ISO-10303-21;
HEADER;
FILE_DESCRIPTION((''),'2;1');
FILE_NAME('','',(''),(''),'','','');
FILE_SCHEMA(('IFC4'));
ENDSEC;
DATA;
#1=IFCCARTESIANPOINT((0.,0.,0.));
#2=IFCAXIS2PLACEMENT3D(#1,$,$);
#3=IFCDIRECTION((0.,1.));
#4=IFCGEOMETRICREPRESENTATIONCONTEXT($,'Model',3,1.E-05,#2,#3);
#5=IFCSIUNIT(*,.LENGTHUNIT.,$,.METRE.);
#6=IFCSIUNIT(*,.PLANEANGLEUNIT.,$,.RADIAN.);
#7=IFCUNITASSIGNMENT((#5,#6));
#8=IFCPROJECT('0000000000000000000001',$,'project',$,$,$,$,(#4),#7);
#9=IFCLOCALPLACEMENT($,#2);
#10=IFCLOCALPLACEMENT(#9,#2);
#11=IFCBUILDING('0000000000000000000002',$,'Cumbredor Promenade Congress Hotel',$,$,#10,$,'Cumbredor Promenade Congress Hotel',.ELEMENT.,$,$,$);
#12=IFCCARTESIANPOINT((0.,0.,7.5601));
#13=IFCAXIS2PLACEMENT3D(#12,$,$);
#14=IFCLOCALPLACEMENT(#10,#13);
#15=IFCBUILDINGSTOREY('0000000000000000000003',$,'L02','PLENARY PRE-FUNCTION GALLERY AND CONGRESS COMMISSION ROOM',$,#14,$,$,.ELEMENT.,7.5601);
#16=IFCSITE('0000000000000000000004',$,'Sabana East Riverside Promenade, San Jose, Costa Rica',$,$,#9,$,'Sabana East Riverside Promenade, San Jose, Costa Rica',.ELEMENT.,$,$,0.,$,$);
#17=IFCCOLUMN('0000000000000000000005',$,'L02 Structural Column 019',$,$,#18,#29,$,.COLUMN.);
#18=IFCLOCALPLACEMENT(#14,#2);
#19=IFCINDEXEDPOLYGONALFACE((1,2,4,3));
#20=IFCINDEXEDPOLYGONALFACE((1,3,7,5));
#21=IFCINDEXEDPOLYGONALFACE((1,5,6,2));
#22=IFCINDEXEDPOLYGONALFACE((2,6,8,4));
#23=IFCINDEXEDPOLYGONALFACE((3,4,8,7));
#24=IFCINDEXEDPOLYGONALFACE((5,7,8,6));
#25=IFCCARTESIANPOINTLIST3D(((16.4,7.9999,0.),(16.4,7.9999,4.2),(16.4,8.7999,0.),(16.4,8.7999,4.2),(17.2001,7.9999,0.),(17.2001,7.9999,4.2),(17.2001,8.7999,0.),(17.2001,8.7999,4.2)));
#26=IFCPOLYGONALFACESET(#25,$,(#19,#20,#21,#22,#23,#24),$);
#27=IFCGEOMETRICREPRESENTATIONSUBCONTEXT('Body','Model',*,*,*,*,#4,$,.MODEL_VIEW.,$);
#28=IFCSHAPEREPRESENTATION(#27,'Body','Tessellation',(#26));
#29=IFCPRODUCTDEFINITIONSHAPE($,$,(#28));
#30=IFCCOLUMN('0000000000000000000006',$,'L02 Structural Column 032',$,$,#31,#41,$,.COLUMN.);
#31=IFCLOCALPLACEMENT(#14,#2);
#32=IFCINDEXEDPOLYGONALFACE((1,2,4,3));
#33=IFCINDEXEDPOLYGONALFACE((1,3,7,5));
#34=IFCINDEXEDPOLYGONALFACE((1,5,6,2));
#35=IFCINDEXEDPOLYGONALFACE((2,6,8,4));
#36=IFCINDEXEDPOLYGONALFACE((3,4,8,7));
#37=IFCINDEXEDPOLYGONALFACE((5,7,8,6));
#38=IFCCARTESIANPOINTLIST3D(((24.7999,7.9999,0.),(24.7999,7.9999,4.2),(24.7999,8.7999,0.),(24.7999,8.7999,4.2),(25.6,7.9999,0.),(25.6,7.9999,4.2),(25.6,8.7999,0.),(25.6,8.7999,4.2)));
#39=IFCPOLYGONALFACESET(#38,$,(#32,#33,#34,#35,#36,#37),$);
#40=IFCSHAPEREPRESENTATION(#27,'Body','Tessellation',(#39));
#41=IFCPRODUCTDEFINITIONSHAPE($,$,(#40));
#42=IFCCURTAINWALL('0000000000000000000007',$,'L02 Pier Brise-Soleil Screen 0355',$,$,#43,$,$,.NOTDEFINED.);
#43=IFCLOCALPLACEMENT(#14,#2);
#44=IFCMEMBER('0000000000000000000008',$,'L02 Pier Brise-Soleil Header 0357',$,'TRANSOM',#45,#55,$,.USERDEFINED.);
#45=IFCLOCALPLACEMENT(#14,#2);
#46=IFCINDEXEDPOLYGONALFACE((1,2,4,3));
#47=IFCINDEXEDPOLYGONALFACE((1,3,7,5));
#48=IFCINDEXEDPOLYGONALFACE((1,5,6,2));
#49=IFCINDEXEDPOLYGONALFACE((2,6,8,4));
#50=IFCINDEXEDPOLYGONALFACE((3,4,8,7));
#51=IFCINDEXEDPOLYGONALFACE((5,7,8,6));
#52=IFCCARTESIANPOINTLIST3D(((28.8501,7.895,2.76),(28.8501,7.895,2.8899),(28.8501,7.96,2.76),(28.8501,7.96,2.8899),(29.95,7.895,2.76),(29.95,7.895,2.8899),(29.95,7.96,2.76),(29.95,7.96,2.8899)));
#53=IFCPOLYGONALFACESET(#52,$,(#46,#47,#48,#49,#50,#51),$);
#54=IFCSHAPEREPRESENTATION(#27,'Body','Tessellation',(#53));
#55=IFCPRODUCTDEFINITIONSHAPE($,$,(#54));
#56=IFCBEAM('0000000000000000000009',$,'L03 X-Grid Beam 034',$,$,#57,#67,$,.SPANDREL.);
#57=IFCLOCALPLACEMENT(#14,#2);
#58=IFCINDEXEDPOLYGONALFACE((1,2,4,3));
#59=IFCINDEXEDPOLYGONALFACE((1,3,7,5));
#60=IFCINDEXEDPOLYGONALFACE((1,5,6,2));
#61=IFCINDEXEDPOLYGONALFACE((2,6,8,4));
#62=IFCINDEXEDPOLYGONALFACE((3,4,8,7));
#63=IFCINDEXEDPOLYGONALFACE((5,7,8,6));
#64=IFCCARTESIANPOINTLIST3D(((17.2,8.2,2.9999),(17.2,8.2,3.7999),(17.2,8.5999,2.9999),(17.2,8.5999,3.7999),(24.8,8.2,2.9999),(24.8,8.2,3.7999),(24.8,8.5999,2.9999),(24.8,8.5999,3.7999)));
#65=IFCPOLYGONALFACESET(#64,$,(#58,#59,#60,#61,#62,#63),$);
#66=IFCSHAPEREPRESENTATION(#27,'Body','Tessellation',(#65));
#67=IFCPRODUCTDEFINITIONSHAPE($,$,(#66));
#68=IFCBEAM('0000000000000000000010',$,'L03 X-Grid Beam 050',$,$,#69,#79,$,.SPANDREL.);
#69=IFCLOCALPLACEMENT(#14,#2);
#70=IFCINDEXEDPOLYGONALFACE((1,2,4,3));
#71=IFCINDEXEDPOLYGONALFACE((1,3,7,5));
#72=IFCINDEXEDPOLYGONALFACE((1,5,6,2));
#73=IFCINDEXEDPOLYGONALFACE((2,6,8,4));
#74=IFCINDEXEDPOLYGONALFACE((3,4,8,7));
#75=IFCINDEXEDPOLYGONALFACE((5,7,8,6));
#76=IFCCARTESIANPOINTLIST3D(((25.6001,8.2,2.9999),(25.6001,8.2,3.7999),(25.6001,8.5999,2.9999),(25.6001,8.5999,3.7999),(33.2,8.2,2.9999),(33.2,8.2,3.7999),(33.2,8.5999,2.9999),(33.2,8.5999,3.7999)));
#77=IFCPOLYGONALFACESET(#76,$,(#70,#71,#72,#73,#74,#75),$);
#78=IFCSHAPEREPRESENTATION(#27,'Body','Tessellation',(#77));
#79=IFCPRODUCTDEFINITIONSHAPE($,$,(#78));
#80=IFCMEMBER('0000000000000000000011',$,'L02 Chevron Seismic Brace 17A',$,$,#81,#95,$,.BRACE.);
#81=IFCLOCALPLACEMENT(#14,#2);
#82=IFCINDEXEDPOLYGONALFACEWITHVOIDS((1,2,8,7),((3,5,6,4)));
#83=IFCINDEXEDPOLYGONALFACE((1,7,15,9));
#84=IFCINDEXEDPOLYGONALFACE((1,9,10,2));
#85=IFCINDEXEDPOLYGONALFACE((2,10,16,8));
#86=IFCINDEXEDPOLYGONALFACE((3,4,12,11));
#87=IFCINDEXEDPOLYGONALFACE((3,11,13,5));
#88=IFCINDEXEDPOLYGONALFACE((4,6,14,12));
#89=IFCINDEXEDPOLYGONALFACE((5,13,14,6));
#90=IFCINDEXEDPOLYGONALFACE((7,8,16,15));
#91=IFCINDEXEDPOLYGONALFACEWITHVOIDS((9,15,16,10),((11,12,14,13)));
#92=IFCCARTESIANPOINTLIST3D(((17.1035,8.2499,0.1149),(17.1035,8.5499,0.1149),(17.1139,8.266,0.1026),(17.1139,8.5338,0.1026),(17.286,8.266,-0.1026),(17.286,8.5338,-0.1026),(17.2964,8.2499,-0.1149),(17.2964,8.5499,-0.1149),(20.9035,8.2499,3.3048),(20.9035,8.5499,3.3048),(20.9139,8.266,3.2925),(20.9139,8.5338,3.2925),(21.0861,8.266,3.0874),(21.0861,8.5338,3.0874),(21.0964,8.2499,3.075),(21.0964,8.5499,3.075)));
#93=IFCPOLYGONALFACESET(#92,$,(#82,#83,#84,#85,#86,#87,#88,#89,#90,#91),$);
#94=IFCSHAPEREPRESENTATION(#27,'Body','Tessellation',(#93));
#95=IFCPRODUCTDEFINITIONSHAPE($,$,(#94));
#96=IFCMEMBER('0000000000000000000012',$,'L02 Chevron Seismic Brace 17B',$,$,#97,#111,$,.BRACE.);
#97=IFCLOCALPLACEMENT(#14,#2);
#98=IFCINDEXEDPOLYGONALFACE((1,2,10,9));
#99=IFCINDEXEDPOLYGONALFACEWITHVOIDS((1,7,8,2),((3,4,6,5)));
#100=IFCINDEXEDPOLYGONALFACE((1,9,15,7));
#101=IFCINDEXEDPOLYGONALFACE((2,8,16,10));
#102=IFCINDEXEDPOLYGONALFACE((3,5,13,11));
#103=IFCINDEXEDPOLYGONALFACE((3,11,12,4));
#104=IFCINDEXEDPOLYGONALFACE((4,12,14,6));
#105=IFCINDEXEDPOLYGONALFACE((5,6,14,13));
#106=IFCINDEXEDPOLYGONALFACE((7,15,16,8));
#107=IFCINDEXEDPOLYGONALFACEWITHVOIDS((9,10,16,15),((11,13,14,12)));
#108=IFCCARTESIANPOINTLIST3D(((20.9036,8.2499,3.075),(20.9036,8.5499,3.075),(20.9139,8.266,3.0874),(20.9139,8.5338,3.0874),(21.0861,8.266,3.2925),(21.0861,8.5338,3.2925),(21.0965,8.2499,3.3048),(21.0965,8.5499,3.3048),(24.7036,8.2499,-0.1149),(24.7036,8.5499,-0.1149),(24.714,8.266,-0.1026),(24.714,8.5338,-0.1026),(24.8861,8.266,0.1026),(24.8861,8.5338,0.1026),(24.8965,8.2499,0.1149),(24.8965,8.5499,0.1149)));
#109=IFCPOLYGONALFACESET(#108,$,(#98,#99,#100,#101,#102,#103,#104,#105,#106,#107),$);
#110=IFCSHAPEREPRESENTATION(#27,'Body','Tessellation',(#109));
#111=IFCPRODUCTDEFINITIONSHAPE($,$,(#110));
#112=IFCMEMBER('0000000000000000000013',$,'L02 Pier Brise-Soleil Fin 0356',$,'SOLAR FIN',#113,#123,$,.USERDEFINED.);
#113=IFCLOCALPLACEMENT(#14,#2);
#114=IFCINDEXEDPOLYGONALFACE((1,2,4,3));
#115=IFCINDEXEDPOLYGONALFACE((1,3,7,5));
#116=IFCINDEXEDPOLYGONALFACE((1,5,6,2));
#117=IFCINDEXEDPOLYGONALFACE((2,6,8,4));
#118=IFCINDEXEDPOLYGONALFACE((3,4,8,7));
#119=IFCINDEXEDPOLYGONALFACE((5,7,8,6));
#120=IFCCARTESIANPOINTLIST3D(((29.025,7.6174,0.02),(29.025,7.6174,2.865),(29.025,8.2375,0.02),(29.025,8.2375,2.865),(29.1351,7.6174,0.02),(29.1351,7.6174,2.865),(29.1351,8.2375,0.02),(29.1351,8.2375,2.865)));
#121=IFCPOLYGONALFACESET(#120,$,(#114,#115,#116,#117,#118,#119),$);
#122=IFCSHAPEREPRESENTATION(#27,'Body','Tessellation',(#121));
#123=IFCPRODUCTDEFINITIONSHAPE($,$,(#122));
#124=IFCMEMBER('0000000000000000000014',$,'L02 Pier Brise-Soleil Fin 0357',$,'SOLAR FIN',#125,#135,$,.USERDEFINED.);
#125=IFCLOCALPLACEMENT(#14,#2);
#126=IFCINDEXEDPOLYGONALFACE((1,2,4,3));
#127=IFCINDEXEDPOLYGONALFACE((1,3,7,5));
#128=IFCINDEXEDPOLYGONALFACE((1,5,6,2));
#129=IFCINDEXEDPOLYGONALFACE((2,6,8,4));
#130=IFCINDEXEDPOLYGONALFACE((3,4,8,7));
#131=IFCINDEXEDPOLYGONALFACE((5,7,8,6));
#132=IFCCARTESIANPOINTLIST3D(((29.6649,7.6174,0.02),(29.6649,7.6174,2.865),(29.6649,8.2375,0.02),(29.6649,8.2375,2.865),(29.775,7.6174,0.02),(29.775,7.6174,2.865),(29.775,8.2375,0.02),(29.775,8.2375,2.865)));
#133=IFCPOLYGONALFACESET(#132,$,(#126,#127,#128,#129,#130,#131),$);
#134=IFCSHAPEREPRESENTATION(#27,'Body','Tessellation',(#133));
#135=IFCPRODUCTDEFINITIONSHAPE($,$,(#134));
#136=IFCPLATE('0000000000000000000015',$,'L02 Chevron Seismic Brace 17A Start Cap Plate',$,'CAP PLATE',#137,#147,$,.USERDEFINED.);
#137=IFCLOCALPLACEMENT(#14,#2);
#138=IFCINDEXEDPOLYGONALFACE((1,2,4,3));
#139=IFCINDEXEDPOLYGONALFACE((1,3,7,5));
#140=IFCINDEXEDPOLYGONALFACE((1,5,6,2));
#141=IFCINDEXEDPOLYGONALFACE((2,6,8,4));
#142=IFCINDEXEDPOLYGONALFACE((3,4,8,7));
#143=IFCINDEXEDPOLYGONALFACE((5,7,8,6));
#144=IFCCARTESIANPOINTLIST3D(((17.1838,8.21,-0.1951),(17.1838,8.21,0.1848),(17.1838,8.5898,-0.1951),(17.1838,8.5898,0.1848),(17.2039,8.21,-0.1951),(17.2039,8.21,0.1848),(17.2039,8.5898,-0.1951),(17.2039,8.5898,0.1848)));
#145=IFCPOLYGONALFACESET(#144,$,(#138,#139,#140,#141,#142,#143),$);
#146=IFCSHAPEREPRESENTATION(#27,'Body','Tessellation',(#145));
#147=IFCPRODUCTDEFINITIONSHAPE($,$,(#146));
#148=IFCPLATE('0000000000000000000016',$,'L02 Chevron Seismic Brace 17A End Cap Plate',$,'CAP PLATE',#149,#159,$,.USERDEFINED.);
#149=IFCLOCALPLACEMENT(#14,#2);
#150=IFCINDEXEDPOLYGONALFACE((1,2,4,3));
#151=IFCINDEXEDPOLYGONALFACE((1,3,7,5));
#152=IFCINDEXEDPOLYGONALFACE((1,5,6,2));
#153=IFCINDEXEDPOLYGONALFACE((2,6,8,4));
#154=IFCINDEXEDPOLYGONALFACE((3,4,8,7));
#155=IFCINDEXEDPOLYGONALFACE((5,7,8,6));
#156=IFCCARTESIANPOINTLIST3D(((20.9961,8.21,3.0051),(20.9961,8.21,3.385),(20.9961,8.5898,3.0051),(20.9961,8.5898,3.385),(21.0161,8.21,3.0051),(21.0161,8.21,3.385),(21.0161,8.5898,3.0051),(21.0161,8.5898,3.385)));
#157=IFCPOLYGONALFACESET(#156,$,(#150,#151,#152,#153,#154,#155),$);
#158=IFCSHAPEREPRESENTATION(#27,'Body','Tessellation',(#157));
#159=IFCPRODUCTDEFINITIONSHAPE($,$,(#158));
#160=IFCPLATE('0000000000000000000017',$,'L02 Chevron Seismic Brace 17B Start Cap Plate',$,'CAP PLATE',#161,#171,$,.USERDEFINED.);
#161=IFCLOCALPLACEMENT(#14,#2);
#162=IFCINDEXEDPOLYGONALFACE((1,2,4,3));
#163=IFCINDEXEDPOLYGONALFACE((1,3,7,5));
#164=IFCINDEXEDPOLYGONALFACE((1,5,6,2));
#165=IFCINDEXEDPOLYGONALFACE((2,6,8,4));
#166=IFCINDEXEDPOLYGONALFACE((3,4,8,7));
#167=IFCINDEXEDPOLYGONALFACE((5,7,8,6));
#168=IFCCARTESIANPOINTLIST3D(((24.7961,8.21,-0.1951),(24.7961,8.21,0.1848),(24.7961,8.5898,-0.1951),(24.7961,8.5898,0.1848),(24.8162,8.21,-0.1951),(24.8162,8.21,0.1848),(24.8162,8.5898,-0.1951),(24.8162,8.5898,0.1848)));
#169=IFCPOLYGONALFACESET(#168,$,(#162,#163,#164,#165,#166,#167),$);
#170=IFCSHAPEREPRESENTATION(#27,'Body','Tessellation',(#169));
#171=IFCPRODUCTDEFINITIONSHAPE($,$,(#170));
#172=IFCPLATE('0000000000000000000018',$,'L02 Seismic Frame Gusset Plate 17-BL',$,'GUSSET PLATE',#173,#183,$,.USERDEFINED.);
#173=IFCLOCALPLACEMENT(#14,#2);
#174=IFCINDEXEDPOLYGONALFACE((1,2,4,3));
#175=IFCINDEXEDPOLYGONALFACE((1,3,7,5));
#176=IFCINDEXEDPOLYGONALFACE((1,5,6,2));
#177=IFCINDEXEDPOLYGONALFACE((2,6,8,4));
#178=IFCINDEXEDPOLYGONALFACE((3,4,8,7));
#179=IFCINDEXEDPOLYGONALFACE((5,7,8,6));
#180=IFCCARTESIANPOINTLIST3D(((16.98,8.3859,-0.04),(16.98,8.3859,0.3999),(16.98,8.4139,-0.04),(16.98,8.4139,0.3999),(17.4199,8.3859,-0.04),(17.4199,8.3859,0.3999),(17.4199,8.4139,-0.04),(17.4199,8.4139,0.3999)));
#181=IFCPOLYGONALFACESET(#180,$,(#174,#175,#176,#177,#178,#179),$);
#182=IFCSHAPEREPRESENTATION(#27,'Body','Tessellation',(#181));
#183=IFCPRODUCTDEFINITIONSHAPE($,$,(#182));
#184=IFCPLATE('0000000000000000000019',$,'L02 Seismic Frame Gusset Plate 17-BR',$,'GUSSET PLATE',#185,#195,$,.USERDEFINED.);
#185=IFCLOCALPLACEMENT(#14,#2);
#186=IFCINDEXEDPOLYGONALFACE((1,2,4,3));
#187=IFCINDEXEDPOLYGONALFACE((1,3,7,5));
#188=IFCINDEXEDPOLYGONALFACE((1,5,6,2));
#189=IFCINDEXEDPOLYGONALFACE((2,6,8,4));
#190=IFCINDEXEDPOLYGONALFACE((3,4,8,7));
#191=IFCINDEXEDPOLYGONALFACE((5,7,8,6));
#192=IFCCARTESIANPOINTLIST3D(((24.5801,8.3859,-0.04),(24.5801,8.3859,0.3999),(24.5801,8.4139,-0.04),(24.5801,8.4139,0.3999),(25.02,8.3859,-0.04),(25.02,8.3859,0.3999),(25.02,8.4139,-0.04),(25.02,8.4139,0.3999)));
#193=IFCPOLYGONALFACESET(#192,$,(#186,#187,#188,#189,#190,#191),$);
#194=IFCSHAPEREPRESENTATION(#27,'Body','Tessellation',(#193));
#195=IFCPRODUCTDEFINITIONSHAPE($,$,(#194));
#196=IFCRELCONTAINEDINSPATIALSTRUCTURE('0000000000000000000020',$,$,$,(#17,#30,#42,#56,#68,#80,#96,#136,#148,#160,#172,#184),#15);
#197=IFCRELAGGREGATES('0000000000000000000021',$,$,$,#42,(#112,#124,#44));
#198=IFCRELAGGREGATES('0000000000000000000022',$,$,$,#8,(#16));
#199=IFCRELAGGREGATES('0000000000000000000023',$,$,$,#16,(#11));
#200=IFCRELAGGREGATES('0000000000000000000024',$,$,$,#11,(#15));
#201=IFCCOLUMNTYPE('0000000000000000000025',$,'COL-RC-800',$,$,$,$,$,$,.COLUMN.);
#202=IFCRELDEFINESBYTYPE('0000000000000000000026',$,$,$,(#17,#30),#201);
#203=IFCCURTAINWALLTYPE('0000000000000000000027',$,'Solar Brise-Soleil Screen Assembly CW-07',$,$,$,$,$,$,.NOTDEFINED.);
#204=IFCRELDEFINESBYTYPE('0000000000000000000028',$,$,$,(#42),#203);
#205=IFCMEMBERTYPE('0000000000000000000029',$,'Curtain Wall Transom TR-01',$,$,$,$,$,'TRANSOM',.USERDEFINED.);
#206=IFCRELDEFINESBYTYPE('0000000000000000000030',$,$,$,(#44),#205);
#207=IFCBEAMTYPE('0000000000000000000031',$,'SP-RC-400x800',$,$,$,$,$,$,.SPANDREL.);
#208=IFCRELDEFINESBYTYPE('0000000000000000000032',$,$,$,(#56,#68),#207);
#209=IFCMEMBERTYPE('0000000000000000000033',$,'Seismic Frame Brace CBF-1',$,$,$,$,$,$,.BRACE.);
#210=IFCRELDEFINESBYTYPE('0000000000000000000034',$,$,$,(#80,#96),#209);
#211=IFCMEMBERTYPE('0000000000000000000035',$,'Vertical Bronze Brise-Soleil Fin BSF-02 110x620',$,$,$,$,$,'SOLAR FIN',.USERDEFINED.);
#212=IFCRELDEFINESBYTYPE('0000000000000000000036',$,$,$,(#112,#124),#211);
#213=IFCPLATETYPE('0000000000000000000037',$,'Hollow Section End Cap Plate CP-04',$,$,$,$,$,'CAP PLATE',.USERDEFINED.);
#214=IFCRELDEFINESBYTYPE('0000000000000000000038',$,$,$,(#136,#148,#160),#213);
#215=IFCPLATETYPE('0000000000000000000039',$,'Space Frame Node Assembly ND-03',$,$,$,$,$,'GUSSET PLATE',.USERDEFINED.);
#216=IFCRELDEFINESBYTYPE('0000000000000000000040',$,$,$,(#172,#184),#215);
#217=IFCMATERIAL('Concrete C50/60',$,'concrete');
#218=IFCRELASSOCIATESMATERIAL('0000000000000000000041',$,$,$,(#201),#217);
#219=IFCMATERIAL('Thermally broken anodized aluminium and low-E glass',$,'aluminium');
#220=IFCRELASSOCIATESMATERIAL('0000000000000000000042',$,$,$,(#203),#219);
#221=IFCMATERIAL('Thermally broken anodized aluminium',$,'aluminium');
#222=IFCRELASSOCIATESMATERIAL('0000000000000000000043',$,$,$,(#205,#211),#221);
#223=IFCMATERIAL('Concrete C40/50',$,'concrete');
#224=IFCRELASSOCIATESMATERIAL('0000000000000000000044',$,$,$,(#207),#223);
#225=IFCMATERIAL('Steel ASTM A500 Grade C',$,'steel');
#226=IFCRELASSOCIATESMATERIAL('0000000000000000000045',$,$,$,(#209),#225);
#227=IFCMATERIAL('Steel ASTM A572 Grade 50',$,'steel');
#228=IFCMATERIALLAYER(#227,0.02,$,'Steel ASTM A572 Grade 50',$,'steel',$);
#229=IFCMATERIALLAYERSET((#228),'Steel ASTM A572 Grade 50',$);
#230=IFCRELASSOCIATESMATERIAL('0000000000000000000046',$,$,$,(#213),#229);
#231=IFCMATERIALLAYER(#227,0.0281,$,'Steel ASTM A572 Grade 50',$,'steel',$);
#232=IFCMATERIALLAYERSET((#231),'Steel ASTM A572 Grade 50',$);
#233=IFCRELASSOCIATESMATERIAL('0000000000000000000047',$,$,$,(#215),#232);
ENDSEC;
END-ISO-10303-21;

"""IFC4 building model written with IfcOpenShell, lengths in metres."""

from ifc_helpers import new_model, si_unit, direction, frame, origin, origin_2d, place, context, subcontext, project, spatial, rectangle, hollow_rectangle, extrude, material, layer, layer_set, material_profile, profile_set, type_object, element, aggregate, save


model = new_model("IFC4")

# Units and contexts
model_context = context("Model", 3, precision=1e-05, world=origin(), true_north=direction((0.0, 1.0)))
body_context = subcontext(model_context, "Body", "Model", "MODEL_VIEW")
ifc_project = project(units=[si_unit("LENGTHUNIT", "METRE"), si_unit("PLANEANGLEUNIT", "RADIAN")], contexts=[model_context])

# Site, building, storey
site_placement = place(None, origin())
site = spatial("IfcSite", under=ifc_project, at=site_placement, Name="Sabana East Riverside Promenade, San Jose, Costa Rica", LongName="Sabana East Riverside Promenade, San Jose, Costa Rica", CompositionType="ELEMENT", RefElevation=0.0)
building_placement = place(site_placement, origin())
building = spatial("IfcBuilding", under=site, at=building_placement, Name="Cumbredor Promenade Congress Hotel", LongName="Cumbredor Promenade Congress Hotel", CompositionType="ELEMENT")
storey_placement = place(building_placement, frame((0.0, 0.0, 7.5601)))
storey = spatial("IfcBuildingStorey", under=building, at=storey_placement, Name="L02", Description="PLENARY PRE-FUNCTION GALLERY AND CONGRESS COMMISSION ROOM", CompositionType="ELEMENT", Elevation=7.5601)

# Columns
ifc_material_1 = material(Name="Concrete C50/60", Category="concrete")
ifc_material_profile_1 = material_profile(ifc_material_1, rectangle(XDim=0.8, YDim=0.8, at=origin_2d()), Name="RC 800x800")
ifc_profile_set_1 = profile_set([ifc_material_profile_1], Name="Concrete C50/60")
column_type = type_object("IfcColumnType", Name="COL-RC-800", PredefinedType="COLUMN", material=ifc_profile_set_1)
for number, where, z_axis, x_axis, name in (
    (1, (16.8, 8.3999, 0.0), (0.0, 0.0, 1.0), (1.0, 0.0, 0.0), "L02 Structural Column 019"),
    (2, (25.2, 8.3999, 0.0), (0.0, 0.0, 1.0), (1.0, 0.0, 0.0), "L02 Structural Column 032"),
):
    element("IfcColumn", number, at=place(storey_placement, frame(where, z_axis=z_axis, x_axis=x_axis)), inside=storey, type_object=column_type, Name=name, PredefinedType="COLUMN", context=body_context, shape_type="SweptSolid", body=[
        extrude(rectangle(XDim=0.8, YDim=0.8, at=origin_2d()), origin(), (0.0, 0.0, 1.0), 4.2),
    ])

# Curtain wall, member
ifc_material_2 = material(Name="Thermally broken anodized aluminium and low-E glass", Category="aluminium")
curtain_wall_type = type_object("IfcCurtainWallType", Name="Solar Brise-Soleil Screen Assembly CW-07", PredefinedType="NOTDEFINED", material=ifc_material_2)
curtain_wall_placement = place(storey_placement, origin())
curtain_wall = element("IfcCurtainWall", 3, at=curtain_wall_placement, inside=storey, type_object=curtain_wall_type, Name="L02 Pier Brise-Soleil Screen 0355", PredefinedType="NOTDEFINED")
ifc_material_3 = material(Name="Thermally broken anodized aluminium", Category="aluminium")
ifc_material_profile_2 = material_profile(ifc_material_3, rectangle(XDim=0.0649, YDim=0.1299, at=origin_2d()), Name="ALU TRANSOM 65x130")
ifc_profile_set_2 = profile_set([ifc_material_profile_2], Name="Thermally broken anodized aluminium")
member_type_1 = type_object("IfcMemberType", Name="Curtain Wall Transom TR-01", ElementType="TRANSOM", PredefinedType="USERDEFINED", material=ifc_profile_set_2)
member_1_placement = place(storey_placement, frame((28.8501, 7.9275, 2.825), z_axis=(1.0, 0.0, 0.0), x_axis=(0.0, 1.0, 0.0)))
member_1 = element("IfcMember", 4, at=member_1_placement, type_object=member_type_1, Name="L02 Pier Brise-Soleil Header 0357", ObjectType="TRANSOM", PredefinedType="USERDEFINED", context=body_context, shape_type="SweptSolid", body=[
    extrude(rectangle(XDim=0.0649, YDim=0.1299, at=origin_2d()), origin(), (0.0, 0.0, 1.0), 1.0999),
])

# Beams
ifc_material_4 = material(Name="Concrete C40/50", Category="concrete")
ifc_material_profile_3 = material_profile(ifc_material_4, rectangle(XDim=0.3999, YDim=0.8, at=origin_2d()), Name="RC SPANDREL 400x800")
ifc_profile_set_3 = profile_set([ifc_material_profile_3], Name="Concrete C40/50")
beam_type = type_object("IfcBeamType", Name="SP-RC-400x800", PredefinedType="SPANDREL", material=ifc_profile_set_3)
beam_1_placement = place(storey_placement, frame((17.2, 8.3999, 3.3999), z_axis=(1.0, 0.0, 0.0), x_axis=(0.0, 1.0, 0.0)))
element("IfcBeam", 5, at=beam_1_placement, inside=storey, type_object=beam_type, Name="L03 X-Grid Beam 034", PredefinedType="SPANDREL", context=body_context, shape_type="SweptSolid", body=[
    extrude(rectangle(XDim=0.3999, YDim=0.8, at=origin_2d()), origin(), (0.0, 0.0, 1.0), 7.6001),
])
beam_2_placement = place(storey_placement, frame((25.6001, 8.3999, 3.3999), z_axis=(1.0, 0.0, 0.0), x_axis=(0.0, 1.0, 0.0)))
element("IfcBeam", 6, at=beam_2_placement, inside=storey, type_object=beam_type, Name="L03 X-Grid Beam 050", PredefinedType="SPANDREL", context=body_context, shape_type="SweptSolid", body=[
    extrude(rectangle(XDim=0.3999, YDim=0.8, at=origin_2d()), origin(), (0.0, 0.0, 1.0), 7.5999),
])

# Members
ifc_material_5 = material(Name="Steel ASTM A500 Grade C", Category="steel")
ifc_material_profile_4 = material_profile(ifc_material_5, hollow_rectangle(XDim=0.3, YDim=0.3, WallThickness=0.0161, at=origin_2d()), Name="HSS 300x300x16")
ifc_profile_set_4 = profile_set([ifc_material_profile_4], Name="Steel ASTM A500 Grade C")
member_type_2 = type_object("IfcMemberType", Name="Seismic Frame Brace CBF-1", PredefinedType="BRACE", material=ifc_profile_set_4)
for number, where, z_axis, x_axis, name in (
    (7, (17.2, 8.3999, 0.0), (0.765913, 0.0, 0.642944), (0.0, 1.0, 0.0), "L02 Chevron Seismic Brace 17A"),
    (8, (24.8, 8.3999, 0.0), (-0.765913, 0.0, 0.642944), (0.0, -1.0, 0.0), "L02 Chevron Seismic Brace 17B"),
):
    element("IfcMember", number, at=place(storey_placement, frame(where, z_axis=z_axis, x_axis=x_axis)), inside=storey, type_object=member_type_2, Name=name, PredefinedType="BRACE", context=body_context, shape_type="SweptSolid", body=[
        extrude(hollow_rectangle(XDim=0.3, YDim=0.3, WallThickness=0.0161, at=origin_2d()), origin(), (0.0, 0.0, 1.0), 4.9614),
    ])

# Members
ifc_material_profile_5 = material_profile(ifc_material_3, rectangle(XDim=0.1101, YDim=0.6201, at=origin_2d()), Name="ARCH FIN 110x620")
ifc_profile_set_5 = profile_set([ifc_material_profile_5], Name="Thermally broken anodized aluminium")
member_type_3 = type_object("IfcMemberType", Name="Vertical Bronze Brise-Soleil Fin BSF-02 110x620", ElementType="SOLAR FIN", PredefinedType="USERDEFINED", material=ifc_profile_set_5)
member_2_placement = place(storey_placement, frame((29.0801, 7.9275, 0.02), z_axis=(0.0, 0.0, 1.0), x_axis=(1.0, 0.0, 0.0)))
member_2 = element("IfcMember", 9, at=member_2_placement, type_object=member_type_3, Name="L02 Pier Brise-Soleil Fin 0356", ObjectType="SOLAR FIN", PredefinedType="USERDEFINED", context=body_context, shape_type="SweptSolid", body=[
    extrude(rectangle(XDim=0.1101, YDim=0.6201, at=origin_2d()), origin(), (0.0, 0.0, 1.0), 2.845),
])
member_3_placement = place(storey_placement, frame((29.72, 7.9275, 0.02), z_axis=(0.0, 0.0, 1.0), x_axis=(1.0, 0.0, 0.0)))
member_3 = element("IfcMember", 10, at=member_3_placement, type_object=member_type_3, Name="L02 Pier Brise-Soleil Fin 0357", ObjectType="SOLAR FIN", PredefinedType="USERDEFINED", context=body_context, shape_type="SweptSolid", body=[
    extrude(rectangle(XDim=0.1101, YDim=0.6201, at=origin_2d()), origin(), (0.0, 0.0, 1.0), 2.845),
])
aggregate(curtain_wall, [member_2, member_3, member_1])

# Plates
ifc_material_6 = material(Name="Steel ASTM A572 Grade 50", Category="steel")
ifc_layer_1 = layer(ifc_material_6, 0.02, Name="Steel ASTM A572 Grade 50", Category="steel")
ifc_layer_set_1 = layer_set([ifc_layer_1], Name="Steel ASTM A572 Grade 50")
plate_type_1 = type_object("IfcPlateType", Name="Hollow Section End Cap Plate CP-04", ElementType="CAP PLATE", PredefinedType="USERDEFINED", material=ifc_layer_set_1)
for number, where, z_axis, x_axis, name in (
    (11, (17.1938, 8.3999, -0.1951), (0.0, 0.0, 1.0), (1.0, 0.0, 0.0), "L02 Chevron Seismic Brace 17A Start Cap Plate"),
    (12, (21.0061, 8.3999, 3.0051), (0.0, 0.0, 1.0), (1.0, 0.0, 0.0), "L02 Chevron Seismic Brace 17A End Cap Plate"),
    (13, (24.8062, 8.3999, -0.1951), (0.0, 0.0, 1.0), (-1.0, 0.0, 0.0), "L02 Chevron Seismic Brace 17B Start Cap Plate"),
):
    element("IfcPlate", number, at=place(storey_placement, frame(where, z_axis=z_axis, x_axis=x_axis)), inside=storey, type_object=plate_type_1, Name=name, ObjectType="CAP PLATE", PredefinedType="USERDEFINED", context=body_context, shape_type="SweptSolid", body=[
        extrude(rectangle(XDim=0.02, YDim=0.3799, at=origin_2d()), origin(), (0.0, 0.0, 1.0), 0.3799),
    ])
ifc_layer_2 = layer(ifc_material_6, 0.0281, Name="Steel ASTM A572 Grade 50", Category="steel")
ifc_layer_set_2 = layer_set([ifc_layer_2], Name="Steel ASTM A572 Grade 50")
plate_type_2 = type_object("IfcPlateType", Name="Space Frame Node Assembly ND-03", ElementType="GUSSET PLATE", PredefinedType="USERDEFINED", material=ifc_layer_set_2)
for number, where, z_axis, x_axis, name in (
    (14, (17.2, 8.3999, -0.04), (0.0, 0.0, 1.0), (1.0, 0.0, 0.0), "L02 Seismic Frame Gusset Plate 17-BL"),
    (15, (24.8, 8.3999, -0.04), (0.0, 0.0, 1.0), (1.0, 0.0, 0.0), "L02 Seismic Frame Gusset Plate 17-BR"),
):
    element("IfcPlate", number, at=place(storey_placement, frame(where, z_axis=z_axis, x_axis=x_axis)), inside=storey, type_object=plate_type_2, Name=name, ObjectType="GUSSET PLATE", PredefinedType="USERDEFINED", context=body_context, shape_type="SweptSolid", body=[
        extrude(rectangle(XDim=0.4399, YDim=0.0281, at=origin_2d()), origin(), (0.0, 0.0, 1.0), 0.4399),
    ])

save(model, "model.ifc")
